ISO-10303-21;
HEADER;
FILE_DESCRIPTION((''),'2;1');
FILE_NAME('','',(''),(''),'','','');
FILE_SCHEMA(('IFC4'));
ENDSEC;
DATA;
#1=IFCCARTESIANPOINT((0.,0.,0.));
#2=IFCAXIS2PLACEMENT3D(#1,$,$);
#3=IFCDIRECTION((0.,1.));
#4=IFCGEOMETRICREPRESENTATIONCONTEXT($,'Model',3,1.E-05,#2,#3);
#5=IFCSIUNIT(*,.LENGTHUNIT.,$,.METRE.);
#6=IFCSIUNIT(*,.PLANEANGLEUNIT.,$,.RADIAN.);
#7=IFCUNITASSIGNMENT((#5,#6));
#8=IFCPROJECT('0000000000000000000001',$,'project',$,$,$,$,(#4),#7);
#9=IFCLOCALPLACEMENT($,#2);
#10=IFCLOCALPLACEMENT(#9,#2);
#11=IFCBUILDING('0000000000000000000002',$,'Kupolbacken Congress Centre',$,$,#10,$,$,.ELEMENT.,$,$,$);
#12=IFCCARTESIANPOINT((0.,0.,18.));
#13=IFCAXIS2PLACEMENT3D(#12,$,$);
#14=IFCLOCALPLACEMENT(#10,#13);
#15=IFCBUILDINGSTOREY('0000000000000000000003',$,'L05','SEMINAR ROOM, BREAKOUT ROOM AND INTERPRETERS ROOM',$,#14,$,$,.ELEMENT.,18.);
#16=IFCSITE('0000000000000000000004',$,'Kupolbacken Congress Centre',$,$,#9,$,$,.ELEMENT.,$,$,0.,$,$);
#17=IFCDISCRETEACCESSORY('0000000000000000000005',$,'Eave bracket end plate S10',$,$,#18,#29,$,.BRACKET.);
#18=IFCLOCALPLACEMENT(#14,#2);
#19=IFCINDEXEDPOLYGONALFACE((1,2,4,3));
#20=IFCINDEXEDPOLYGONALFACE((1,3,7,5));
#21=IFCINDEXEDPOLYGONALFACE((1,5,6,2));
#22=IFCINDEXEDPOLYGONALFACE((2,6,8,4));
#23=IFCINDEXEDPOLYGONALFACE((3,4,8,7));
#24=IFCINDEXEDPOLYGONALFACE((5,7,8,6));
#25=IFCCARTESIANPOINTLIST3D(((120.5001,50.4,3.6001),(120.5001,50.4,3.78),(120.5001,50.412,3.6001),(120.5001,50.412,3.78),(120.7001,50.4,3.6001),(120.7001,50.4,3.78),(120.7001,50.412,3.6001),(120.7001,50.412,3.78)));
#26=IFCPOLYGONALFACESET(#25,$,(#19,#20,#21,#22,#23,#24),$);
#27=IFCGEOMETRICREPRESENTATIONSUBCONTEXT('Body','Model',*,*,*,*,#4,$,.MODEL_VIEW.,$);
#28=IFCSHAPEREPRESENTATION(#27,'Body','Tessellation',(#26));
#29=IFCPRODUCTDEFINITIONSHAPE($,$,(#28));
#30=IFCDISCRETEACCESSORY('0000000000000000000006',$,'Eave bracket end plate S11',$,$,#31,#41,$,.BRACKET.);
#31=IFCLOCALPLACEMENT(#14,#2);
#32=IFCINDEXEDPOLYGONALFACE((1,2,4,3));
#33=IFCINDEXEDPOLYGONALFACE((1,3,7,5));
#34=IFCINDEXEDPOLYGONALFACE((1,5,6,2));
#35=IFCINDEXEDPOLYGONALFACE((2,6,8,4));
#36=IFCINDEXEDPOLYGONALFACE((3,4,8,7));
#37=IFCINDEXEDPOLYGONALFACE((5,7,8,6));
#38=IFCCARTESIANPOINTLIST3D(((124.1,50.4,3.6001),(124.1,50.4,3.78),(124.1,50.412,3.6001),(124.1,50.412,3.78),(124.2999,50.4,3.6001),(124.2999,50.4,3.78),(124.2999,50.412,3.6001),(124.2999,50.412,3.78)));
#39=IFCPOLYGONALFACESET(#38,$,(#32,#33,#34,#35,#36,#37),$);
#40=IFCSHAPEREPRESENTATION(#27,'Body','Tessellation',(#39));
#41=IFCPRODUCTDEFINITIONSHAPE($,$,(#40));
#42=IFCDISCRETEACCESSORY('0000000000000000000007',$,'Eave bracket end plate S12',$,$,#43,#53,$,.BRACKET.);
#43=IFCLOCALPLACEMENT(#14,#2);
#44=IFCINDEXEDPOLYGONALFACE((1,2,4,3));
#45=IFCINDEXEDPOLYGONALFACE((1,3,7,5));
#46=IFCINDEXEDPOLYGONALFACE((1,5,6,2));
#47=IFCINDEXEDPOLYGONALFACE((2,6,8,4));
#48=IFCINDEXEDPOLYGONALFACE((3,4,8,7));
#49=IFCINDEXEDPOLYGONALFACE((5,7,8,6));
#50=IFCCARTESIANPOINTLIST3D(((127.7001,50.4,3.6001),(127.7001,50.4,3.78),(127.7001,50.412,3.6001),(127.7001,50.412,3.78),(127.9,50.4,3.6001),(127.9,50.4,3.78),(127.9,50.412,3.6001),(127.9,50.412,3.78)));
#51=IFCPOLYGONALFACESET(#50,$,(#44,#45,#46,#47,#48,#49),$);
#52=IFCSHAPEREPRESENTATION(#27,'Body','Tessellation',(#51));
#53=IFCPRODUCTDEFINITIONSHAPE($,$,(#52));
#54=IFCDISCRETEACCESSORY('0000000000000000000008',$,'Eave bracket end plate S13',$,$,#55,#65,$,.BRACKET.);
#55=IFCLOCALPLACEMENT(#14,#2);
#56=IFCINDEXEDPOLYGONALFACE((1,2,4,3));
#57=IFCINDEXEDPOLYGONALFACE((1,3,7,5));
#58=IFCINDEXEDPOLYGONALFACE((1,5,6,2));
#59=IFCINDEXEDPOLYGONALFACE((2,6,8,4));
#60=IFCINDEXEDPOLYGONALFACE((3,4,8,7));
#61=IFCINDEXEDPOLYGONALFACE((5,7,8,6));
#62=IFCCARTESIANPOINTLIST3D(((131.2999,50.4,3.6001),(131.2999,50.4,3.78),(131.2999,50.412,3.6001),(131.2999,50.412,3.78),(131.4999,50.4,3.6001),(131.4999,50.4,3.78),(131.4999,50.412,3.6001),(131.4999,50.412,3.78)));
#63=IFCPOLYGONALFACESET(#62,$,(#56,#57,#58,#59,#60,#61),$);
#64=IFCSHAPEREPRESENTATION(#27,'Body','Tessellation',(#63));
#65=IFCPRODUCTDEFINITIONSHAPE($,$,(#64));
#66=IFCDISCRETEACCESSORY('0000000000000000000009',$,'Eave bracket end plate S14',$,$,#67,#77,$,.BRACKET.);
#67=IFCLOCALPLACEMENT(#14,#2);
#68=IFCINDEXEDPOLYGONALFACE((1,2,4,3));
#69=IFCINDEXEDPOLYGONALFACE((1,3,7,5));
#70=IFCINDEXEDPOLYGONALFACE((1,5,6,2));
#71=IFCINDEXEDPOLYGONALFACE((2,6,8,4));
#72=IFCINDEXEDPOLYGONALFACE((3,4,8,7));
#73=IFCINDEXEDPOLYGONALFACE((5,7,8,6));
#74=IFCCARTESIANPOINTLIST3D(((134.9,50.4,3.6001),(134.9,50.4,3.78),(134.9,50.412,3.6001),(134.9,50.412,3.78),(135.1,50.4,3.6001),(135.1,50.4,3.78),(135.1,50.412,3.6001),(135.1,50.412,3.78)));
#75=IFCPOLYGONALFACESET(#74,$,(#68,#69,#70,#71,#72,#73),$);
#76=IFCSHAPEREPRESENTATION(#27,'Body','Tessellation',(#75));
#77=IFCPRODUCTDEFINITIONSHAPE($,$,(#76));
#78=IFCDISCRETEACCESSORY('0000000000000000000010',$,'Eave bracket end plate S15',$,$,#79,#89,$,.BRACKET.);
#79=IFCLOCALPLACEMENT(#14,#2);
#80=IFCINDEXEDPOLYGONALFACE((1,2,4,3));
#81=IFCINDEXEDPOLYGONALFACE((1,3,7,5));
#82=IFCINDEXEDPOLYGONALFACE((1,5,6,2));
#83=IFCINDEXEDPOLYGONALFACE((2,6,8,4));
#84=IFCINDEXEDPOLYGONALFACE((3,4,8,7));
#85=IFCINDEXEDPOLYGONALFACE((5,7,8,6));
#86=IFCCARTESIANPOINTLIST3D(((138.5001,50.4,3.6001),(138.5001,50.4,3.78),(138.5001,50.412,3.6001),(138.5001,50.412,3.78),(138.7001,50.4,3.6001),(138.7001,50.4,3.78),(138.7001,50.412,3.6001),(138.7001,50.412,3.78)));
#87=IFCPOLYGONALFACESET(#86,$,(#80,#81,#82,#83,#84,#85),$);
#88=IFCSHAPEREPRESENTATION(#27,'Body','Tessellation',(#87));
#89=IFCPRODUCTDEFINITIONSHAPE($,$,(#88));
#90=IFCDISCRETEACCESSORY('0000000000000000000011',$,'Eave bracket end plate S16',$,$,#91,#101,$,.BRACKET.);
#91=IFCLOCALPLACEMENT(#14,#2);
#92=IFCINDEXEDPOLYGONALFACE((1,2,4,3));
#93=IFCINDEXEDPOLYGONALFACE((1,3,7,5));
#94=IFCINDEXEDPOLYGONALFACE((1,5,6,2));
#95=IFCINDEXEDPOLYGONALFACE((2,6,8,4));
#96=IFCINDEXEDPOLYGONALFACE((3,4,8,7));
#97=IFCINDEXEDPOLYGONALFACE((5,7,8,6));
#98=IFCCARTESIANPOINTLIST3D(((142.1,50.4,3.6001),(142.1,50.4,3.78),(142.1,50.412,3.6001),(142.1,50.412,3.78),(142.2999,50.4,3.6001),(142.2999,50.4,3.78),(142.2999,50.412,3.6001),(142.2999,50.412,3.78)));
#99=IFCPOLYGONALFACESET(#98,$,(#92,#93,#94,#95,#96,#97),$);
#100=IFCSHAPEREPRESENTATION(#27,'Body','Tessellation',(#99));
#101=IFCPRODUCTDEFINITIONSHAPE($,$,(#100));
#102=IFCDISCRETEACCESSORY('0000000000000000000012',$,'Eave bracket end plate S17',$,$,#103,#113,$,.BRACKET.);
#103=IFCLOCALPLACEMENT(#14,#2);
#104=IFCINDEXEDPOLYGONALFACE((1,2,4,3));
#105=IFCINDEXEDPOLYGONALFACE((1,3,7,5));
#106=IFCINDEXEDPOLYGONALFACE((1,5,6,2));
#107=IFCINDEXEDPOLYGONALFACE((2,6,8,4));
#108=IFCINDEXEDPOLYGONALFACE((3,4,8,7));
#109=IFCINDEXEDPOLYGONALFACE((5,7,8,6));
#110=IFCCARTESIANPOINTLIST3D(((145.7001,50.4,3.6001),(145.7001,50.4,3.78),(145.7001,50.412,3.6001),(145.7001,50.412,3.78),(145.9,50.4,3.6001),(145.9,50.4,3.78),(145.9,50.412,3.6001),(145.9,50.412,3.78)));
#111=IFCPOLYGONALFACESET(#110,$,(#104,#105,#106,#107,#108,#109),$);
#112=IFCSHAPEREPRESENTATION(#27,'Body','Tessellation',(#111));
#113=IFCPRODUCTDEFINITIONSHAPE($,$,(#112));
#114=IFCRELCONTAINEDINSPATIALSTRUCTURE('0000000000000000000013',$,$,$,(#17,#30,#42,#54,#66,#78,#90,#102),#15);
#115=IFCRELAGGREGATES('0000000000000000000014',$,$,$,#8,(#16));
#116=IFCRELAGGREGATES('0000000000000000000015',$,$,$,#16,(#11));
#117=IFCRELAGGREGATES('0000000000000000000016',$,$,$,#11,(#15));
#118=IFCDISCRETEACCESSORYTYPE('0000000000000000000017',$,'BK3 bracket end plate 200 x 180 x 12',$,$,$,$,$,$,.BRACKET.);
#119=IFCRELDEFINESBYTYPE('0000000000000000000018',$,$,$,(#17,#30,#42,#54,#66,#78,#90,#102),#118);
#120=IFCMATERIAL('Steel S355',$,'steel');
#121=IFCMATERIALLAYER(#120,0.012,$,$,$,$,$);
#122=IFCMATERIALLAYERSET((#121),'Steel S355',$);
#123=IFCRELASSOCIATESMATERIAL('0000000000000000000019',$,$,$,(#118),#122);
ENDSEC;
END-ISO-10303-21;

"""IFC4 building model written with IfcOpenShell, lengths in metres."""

from ifc_helpers import new_model, si_unit, direction, frame, origin, origin_2d, place, context, subcontext, project, spatial, rectangle, extrude, material, layer, layer_set, type_object, element, save


model = new_model("IFC4")

# Units and contexts
model_context = context("Model", 3, precision=1e-05, world=origin(), true_north=direction((0.0, 1.0)))
body_context = subcontext(model_context, "Body", "Model", "MODEL_VIEW")
ifc_project = project(units=[si_unit("LENGTHUNIT", "METRE"), si_unit("PLANEANGLEUNIT", "RADIAN")], contexts=[model_context])

# Site, building, storey
site_placement = place(None, origin())
site = spatial("IfcSite", under=ifc_project, at=site_placement, Name="Kupolbacken Congress Centre", CompositionType="ELEMENT", RefElevation=0.0)
building_placement = place(site_placement, origin())
building = spatial("IfcBuilding", under=site, at=building_placement, Name="Kupolbacken Congress Centre", CompositionType="ELEMENT")
storey_placement = place(building_placement, frame((0.0, 0.0, 18.0)))
storey = spatial("IfcBuildingStorey", under=building, at=storey_placement, Name="L05", Description="SEMINAR ROOM, BREAKOUT ROOM AND INTERPRETERS ROOM", CompositionType="ELEMENT", Elevation=18.0)

# Discrete accessories
ifc_material_1 = material(Name="Steel S355", Category="steel")
ifc_layer = layer(ifc_material_1, 0.012)
ifc_layer_set = layer_set([ifc_layer], Name="Steel S355")
discrete_accessory_type = type_object("IfcDiscreteAccessoryType", Name="BK3 bracket end plate 200 x 180 x 12", PredefinedType="BRACKET", material=ifc_layer_set)
for number, where, z_axis, x_axis, name in (
    (1, (120.6001, 50.406, 3.6001), (0.0, 0.0, 1.0), (1.0, 0.0, 0.0), "Eave bracket end plate S10"),
    (2, (124.2, 50.406, 3.6001), (0.0, 0.0, 1.0), (1.0, 0.0, 0.0), "Eave bracket end plate S11"),
    (3, (127.8, 50.406, 3.6001), (0.0, 0.0, 1.0), (1.0, 0.0, 0.0), "Eave bracket end plate S12"),
    (4, (131.3999, 50.406, 3.6001), (0.0, 0.0, 1.0), (1.0, 0.0, 0.0), "Eave bracket end plate S13"),
    (5, (135.0, 50.406, 3.6001), (0.0, 0.0, 1.0), (1.0, 0.0, 0.0), "Eave bracket end plate S14"),
    (6, (138.6001, 50.406, 3.6001), (0.0, 0.0, 1.0), (1.0, 0.0, 0.0), "Eave bracket end plate S15"),
    (7, (142.2, 50.406, 3.6001), (0.0, 0.0, 1.0), (1.0, 0.0, 0.0), "Eave bracket end plate S16"),
    (8, (145.8, 50.406, 3.6001), (0.0, 0.0, 1.0), (1.0, 0.0, 0.0), "Eave bracket end plate S17"),
):
    element("IfcDiscreteAccessory", number, at=place(storey_placement, frame(where, z_axis=z_axis, x_axis=x_axis)), inside=storey, type_object=discrete_accessory_type, Name=name, PredefinedType="BRACKET", context=body_context, shape_type="SweptSolid", body=[
        extrude(rectangle(XDim=0.2, YDim=0.012, at=origin_2d()), origin(), (0.0, 0.0, 1.0), 0.1799),
    ])

save(model, "model.ifc")
